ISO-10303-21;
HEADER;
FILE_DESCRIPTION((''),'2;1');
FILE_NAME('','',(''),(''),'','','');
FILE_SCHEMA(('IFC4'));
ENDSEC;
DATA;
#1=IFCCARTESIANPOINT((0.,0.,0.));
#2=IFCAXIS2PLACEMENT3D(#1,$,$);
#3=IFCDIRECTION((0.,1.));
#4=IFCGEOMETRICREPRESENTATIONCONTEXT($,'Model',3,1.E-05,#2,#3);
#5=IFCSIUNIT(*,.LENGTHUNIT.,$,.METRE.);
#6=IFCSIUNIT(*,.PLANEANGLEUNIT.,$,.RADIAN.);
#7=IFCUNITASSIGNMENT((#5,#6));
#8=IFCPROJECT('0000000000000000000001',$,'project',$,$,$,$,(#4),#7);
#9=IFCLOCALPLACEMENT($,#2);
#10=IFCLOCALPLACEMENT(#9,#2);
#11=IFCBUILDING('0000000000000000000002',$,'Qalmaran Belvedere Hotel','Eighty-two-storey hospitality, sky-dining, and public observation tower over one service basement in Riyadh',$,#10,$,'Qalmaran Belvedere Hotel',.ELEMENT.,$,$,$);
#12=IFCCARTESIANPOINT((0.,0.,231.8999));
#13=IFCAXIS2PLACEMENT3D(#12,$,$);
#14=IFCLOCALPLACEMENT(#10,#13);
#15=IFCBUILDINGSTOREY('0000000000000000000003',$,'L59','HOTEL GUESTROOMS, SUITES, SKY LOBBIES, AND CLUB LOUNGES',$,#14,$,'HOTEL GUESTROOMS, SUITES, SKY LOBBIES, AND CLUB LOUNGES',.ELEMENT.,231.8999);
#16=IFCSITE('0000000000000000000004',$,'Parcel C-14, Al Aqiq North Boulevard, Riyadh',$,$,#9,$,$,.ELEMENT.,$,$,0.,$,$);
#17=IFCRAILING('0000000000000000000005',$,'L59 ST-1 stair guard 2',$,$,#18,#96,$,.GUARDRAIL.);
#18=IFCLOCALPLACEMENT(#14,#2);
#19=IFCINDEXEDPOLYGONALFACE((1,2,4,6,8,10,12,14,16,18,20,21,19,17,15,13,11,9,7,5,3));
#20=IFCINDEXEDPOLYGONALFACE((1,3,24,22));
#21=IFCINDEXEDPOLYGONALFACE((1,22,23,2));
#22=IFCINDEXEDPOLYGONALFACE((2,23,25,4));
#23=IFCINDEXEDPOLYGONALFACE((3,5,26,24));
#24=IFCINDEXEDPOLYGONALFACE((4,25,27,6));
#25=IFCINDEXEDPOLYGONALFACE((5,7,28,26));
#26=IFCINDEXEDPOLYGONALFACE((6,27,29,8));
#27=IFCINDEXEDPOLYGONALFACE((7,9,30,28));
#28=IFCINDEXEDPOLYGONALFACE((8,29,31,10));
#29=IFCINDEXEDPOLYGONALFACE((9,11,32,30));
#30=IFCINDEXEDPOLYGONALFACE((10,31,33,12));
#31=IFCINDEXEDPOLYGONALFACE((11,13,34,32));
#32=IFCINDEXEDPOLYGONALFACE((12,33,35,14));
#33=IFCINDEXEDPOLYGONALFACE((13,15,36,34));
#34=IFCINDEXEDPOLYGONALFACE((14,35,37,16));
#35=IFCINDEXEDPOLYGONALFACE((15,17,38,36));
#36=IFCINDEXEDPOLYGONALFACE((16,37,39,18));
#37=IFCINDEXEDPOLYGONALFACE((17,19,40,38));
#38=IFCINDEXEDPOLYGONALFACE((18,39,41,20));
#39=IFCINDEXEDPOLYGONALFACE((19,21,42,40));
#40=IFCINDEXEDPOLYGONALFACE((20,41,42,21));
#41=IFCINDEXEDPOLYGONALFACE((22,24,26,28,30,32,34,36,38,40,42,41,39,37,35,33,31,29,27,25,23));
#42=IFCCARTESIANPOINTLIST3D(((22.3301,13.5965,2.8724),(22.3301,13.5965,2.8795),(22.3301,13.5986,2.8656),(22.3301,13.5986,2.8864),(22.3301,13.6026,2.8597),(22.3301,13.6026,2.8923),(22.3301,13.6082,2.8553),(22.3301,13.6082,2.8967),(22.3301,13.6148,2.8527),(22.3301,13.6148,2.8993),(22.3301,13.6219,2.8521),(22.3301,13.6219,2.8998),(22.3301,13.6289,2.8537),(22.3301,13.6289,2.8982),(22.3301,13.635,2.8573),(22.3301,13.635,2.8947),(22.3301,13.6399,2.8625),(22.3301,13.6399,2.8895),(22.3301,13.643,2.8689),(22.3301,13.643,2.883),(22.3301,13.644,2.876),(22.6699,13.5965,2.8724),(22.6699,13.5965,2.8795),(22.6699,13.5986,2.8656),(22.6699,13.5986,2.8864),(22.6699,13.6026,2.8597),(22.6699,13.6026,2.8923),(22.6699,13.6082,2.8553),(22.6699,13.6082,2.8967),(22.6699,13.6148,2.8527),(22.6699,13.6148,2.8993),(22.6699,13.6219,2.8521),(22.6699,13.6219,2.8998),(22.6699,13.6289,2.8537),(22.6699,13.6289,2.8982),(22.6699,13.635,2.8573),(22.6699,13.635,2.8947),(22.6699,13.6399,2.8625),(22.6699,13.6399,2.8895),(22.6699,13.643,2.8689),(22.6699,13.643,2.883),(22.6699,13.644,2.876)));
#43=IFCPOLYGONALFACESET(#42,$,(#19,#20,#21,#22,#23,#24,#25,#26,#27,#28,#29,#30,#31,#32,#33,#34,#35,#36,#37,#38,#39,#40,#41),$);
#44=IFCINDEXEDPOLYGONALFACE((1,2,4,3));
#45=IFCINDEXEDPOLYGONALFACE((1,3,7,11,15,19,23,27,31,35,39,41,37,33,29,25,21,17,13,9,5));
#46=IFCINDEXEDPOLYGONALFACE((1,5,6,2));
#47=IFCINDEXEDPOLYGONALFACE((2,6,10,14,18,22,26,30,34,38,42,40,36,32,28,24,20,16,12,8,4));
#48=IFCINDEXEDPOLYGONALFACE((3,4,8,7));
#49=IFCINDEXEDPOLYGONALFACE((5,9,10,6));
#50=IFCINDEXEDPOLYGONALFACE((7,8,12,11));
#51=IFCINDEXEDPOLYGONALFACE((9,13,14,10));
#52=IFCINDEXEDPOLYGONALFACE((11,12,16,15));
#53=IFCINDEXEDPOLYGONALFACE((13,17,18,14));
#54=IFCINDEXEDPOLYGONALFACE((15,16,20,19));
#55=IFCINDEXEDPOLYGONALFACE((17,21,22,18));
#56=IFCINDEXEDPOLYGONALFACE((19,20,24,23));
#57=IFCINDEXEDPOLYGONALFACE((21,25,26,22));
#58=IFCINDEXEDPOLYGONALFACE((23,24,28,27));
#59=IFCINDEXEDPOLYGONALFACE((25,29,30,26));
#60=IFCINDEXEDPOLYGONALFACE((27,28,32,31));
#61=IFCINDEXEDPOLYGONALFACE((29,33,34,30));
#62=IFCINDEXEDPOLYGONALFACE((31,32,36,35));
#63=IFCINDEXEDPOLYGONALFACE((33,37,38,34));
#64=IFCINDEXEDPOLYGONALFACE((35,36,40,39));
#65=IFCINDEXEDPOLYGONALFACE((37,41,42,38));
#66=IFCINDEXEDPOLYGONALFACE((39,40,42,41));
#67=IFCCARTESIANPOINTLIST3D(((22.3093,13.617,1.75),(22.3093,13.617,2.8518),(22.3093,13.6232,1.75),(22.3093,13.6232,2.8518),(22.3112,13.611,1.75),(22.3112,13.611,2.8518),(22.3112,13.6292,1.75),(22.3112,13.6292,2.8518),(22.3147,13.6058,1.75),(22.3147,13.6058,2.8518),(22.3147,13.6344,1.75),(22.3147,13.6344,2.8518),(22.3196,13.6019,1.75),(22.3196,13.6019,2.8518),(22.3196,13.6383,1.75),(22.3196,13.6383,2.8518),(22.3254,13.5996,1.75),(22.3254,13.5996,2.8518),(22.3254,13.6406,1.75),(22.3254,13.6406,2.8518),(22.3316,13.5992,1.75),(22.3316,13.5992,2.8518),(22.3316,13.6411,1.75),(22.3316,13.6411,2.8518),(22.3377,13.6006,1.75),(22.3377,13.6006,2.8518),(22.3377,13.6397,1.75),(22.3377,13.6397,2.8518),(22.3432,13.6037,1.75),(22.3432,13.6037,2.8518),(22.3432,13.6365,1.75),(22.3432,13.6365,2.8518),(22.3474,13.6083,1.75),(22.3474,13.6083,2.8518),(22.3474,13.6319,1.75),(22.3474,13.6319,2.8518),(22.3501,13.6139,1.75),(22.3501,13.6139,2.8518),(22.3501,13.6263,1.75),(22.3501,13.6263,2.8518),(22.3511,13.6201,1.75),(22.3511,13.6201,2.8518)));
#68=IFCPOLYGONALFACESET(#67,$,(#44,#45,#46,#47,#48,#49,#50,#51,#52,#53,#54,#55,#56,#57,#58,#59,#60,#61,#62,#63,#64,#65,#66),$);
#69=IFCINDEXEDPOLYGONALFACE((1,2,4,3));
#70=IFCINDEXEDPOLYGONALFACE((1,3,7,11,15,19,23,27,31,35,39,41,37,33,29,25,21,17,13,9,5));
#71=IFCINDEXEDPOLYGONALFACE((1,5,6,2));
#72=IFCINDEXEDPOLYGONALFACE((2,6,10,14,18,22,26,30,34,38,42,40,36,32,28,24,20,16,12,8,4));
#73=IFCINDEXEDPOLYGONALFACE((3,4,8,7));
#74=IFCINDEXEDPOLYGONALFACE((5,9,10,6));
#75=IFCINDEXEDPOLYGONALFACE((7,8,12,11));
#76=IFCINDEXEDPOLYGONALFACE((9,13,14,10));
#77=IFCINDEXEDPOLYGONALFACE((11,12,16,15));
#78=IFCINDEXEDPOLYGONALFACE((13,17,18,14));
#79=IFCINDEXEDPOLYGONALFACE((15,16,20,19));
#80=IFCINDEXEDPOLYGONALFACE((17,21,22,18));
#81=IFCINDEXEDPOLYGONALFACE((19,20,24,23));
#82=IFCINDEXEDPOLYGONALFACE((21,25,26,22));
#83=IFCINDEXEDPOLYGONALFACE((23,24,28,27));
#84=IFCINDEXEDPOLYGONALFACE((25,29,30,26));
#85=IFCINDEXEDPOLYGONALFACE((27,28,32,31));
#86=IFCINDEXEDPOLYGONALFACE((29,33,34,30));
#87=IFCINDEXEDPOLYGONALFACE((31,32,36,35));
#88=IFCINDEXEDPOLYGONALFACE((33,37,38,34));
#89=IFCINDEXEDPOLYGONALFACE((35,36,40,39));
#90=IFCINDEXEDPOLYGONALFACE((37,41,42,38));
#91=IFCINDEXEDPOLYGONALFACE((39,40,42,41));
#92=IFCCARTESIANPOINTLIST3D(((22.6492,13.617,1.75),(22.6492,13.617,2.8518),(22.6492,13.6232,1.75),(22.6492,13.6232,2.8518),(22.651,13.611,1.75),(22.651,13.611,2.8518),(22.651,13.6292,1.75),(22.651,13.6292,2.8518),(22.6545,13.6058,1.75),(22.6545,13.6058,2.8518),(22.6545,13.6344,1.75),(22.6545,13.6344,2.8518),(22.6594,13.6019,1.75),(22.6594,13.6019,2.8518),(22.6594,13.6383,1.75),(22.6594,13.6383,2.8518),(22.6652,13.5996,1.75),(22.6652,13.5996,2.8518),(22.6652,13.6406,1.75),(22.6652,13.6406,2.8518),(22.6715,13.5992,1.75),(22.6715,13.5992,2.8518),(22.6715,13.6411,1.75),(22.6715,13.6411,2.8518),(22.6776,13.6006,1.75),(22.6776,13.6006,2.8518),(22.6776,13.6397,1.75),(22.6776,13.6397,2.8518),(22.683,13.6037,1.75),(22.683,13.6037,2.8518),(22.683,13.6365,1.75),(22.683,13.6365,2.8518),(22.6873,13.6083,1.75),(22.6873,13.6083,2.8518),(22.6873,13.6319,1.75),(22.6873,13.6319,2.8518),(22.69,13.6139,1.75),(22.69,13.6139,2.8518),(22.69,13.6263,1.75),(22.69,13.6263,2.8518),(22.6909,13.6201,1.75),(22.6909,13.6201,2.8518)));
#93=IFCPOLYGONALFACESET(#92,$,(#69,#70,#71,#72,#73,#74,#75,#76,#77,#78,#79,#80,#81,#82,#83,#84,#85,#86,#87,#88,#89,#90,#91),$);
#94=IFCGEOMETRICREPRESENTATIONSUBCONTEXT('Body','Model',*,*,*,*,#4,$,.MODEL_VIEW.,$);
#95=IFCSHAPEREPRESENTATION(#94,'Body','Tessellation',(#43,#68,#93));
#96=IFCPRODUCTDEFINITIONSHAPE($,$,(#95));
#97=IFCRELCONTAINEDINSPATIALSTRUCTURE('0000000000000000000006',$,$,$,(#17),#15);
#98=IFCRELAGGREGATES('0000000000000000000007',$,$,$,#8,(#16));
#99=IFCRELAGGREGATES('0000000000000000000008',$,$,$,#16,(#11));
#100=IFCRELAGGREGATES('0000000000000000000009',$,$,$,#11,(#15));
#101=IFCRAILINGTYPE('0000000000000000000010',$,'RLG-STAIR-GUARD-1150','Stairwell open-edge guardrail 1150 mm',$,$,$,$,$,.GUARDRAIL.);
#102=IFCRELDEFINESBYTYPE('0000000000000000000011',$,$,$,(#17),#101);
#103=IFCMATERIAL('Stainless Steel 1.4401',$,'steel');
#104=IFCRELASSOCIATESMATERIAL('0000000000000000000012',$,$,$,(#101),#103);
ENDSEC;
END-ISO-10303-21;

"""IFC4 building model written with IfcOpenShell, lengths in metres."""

from ifc_helpers import new_model, si_unit, direction, frame, origin, origin_2d, place, context, subcontext, project, spatial, circle, extrude, material, type_object, element, save


model = new_model("IFC4")

# Units and contexts
model_context = context("Model", 3, precision=1e-05, world=origin(), true_north=direction((0.0, 1.0)))
body_context = subcontext(model_context, "Body", "Model", "MODEL_VIEW")
ifc_project = project(units=[si_unit("LENGTHUNIT", "METRE"), si_unit("PLANEANGLEUNIT", "RADIAN")], contexts=[model_context])

# Site, building, storey
site_placement = place(None, origin())
site = spatial("IfcSite", under=ifc_project, at=site_placement, Name="Parcel C-14, Al Aqiq North Boulevard, Riyadh", CompositionType="ELEMENT", RefElevation=0.0)
building_placement = place(site_placement, origin())
building = spatial("IfcBuilding", under=site, at=building_placement, Name="Qalmaran Belvedere Hotel", Description="Eighty-two-storey hospitality, sky-dining, and public observation tower over one service basement in Riyadh", LongName="Qalmaran Belvedere Hotel", CompositionType="ELEMENT")
storey_placement = place(building_placement, frame((0.0, 0.0, 231.8999)))
storey = spatial("IfcBuildingStorey", under=building, at=storey_placement, Name="L59", Description="HOTEL GUESTROOMS, SUITES, SKY LOBBIES, AND CLUB LOUNGES", LongName="HOTEL GUESTROOMS, SUITES, SKY LOBBIES, AND CLUB LOUNGES", CompositionType="ELEMENT", Elevation=231.8999)

# Shared definitions
ifc_material_1 = material(Name="Stainless Steel 1.4401", Category="steel")

# Railing
railing_type_1 = type_object("IfcRailingType", Name="RLG-STAIR-GUARD-1150", Description="Stairwell open-edge guardrail 1150 mm", PredefinedType="GUARDRAIL", material=ifc_material_1)
railing_1_placement = place(storey_placement, frame((22.3301, 13.6201, 1.75)))
element("IfcRailing", 1, at=railing_1_placement, inside=storey, type_object=railing_type_1, Name="L59 ST-1 stair guard 2", PredefinedType="GUARDRAIL", context=body_context, shape_type="SweptSolid", body=[
    extrude(circle(Radius=0.0239, at=origin_2d()), frame((0.0, 0.0, 1.126), z_axis=(1.0, 0.0, 0.0), x_axis=(0.0, 1.0, 0.0)), (0.0, 0.0, 1.0), 0.3398),
    extrude(circle(Radius=0.021, at=origin_2d()), origin(), (0.0, 0.0, 1.0), 1.1018),
    extrude(circle(Radius=0.021, at=origin_2d()), frame((0.3398, 0.0, 0.0)), (0.0, 0.0, 1.0), 1.1018),
])

save(model, "model.ifc")
